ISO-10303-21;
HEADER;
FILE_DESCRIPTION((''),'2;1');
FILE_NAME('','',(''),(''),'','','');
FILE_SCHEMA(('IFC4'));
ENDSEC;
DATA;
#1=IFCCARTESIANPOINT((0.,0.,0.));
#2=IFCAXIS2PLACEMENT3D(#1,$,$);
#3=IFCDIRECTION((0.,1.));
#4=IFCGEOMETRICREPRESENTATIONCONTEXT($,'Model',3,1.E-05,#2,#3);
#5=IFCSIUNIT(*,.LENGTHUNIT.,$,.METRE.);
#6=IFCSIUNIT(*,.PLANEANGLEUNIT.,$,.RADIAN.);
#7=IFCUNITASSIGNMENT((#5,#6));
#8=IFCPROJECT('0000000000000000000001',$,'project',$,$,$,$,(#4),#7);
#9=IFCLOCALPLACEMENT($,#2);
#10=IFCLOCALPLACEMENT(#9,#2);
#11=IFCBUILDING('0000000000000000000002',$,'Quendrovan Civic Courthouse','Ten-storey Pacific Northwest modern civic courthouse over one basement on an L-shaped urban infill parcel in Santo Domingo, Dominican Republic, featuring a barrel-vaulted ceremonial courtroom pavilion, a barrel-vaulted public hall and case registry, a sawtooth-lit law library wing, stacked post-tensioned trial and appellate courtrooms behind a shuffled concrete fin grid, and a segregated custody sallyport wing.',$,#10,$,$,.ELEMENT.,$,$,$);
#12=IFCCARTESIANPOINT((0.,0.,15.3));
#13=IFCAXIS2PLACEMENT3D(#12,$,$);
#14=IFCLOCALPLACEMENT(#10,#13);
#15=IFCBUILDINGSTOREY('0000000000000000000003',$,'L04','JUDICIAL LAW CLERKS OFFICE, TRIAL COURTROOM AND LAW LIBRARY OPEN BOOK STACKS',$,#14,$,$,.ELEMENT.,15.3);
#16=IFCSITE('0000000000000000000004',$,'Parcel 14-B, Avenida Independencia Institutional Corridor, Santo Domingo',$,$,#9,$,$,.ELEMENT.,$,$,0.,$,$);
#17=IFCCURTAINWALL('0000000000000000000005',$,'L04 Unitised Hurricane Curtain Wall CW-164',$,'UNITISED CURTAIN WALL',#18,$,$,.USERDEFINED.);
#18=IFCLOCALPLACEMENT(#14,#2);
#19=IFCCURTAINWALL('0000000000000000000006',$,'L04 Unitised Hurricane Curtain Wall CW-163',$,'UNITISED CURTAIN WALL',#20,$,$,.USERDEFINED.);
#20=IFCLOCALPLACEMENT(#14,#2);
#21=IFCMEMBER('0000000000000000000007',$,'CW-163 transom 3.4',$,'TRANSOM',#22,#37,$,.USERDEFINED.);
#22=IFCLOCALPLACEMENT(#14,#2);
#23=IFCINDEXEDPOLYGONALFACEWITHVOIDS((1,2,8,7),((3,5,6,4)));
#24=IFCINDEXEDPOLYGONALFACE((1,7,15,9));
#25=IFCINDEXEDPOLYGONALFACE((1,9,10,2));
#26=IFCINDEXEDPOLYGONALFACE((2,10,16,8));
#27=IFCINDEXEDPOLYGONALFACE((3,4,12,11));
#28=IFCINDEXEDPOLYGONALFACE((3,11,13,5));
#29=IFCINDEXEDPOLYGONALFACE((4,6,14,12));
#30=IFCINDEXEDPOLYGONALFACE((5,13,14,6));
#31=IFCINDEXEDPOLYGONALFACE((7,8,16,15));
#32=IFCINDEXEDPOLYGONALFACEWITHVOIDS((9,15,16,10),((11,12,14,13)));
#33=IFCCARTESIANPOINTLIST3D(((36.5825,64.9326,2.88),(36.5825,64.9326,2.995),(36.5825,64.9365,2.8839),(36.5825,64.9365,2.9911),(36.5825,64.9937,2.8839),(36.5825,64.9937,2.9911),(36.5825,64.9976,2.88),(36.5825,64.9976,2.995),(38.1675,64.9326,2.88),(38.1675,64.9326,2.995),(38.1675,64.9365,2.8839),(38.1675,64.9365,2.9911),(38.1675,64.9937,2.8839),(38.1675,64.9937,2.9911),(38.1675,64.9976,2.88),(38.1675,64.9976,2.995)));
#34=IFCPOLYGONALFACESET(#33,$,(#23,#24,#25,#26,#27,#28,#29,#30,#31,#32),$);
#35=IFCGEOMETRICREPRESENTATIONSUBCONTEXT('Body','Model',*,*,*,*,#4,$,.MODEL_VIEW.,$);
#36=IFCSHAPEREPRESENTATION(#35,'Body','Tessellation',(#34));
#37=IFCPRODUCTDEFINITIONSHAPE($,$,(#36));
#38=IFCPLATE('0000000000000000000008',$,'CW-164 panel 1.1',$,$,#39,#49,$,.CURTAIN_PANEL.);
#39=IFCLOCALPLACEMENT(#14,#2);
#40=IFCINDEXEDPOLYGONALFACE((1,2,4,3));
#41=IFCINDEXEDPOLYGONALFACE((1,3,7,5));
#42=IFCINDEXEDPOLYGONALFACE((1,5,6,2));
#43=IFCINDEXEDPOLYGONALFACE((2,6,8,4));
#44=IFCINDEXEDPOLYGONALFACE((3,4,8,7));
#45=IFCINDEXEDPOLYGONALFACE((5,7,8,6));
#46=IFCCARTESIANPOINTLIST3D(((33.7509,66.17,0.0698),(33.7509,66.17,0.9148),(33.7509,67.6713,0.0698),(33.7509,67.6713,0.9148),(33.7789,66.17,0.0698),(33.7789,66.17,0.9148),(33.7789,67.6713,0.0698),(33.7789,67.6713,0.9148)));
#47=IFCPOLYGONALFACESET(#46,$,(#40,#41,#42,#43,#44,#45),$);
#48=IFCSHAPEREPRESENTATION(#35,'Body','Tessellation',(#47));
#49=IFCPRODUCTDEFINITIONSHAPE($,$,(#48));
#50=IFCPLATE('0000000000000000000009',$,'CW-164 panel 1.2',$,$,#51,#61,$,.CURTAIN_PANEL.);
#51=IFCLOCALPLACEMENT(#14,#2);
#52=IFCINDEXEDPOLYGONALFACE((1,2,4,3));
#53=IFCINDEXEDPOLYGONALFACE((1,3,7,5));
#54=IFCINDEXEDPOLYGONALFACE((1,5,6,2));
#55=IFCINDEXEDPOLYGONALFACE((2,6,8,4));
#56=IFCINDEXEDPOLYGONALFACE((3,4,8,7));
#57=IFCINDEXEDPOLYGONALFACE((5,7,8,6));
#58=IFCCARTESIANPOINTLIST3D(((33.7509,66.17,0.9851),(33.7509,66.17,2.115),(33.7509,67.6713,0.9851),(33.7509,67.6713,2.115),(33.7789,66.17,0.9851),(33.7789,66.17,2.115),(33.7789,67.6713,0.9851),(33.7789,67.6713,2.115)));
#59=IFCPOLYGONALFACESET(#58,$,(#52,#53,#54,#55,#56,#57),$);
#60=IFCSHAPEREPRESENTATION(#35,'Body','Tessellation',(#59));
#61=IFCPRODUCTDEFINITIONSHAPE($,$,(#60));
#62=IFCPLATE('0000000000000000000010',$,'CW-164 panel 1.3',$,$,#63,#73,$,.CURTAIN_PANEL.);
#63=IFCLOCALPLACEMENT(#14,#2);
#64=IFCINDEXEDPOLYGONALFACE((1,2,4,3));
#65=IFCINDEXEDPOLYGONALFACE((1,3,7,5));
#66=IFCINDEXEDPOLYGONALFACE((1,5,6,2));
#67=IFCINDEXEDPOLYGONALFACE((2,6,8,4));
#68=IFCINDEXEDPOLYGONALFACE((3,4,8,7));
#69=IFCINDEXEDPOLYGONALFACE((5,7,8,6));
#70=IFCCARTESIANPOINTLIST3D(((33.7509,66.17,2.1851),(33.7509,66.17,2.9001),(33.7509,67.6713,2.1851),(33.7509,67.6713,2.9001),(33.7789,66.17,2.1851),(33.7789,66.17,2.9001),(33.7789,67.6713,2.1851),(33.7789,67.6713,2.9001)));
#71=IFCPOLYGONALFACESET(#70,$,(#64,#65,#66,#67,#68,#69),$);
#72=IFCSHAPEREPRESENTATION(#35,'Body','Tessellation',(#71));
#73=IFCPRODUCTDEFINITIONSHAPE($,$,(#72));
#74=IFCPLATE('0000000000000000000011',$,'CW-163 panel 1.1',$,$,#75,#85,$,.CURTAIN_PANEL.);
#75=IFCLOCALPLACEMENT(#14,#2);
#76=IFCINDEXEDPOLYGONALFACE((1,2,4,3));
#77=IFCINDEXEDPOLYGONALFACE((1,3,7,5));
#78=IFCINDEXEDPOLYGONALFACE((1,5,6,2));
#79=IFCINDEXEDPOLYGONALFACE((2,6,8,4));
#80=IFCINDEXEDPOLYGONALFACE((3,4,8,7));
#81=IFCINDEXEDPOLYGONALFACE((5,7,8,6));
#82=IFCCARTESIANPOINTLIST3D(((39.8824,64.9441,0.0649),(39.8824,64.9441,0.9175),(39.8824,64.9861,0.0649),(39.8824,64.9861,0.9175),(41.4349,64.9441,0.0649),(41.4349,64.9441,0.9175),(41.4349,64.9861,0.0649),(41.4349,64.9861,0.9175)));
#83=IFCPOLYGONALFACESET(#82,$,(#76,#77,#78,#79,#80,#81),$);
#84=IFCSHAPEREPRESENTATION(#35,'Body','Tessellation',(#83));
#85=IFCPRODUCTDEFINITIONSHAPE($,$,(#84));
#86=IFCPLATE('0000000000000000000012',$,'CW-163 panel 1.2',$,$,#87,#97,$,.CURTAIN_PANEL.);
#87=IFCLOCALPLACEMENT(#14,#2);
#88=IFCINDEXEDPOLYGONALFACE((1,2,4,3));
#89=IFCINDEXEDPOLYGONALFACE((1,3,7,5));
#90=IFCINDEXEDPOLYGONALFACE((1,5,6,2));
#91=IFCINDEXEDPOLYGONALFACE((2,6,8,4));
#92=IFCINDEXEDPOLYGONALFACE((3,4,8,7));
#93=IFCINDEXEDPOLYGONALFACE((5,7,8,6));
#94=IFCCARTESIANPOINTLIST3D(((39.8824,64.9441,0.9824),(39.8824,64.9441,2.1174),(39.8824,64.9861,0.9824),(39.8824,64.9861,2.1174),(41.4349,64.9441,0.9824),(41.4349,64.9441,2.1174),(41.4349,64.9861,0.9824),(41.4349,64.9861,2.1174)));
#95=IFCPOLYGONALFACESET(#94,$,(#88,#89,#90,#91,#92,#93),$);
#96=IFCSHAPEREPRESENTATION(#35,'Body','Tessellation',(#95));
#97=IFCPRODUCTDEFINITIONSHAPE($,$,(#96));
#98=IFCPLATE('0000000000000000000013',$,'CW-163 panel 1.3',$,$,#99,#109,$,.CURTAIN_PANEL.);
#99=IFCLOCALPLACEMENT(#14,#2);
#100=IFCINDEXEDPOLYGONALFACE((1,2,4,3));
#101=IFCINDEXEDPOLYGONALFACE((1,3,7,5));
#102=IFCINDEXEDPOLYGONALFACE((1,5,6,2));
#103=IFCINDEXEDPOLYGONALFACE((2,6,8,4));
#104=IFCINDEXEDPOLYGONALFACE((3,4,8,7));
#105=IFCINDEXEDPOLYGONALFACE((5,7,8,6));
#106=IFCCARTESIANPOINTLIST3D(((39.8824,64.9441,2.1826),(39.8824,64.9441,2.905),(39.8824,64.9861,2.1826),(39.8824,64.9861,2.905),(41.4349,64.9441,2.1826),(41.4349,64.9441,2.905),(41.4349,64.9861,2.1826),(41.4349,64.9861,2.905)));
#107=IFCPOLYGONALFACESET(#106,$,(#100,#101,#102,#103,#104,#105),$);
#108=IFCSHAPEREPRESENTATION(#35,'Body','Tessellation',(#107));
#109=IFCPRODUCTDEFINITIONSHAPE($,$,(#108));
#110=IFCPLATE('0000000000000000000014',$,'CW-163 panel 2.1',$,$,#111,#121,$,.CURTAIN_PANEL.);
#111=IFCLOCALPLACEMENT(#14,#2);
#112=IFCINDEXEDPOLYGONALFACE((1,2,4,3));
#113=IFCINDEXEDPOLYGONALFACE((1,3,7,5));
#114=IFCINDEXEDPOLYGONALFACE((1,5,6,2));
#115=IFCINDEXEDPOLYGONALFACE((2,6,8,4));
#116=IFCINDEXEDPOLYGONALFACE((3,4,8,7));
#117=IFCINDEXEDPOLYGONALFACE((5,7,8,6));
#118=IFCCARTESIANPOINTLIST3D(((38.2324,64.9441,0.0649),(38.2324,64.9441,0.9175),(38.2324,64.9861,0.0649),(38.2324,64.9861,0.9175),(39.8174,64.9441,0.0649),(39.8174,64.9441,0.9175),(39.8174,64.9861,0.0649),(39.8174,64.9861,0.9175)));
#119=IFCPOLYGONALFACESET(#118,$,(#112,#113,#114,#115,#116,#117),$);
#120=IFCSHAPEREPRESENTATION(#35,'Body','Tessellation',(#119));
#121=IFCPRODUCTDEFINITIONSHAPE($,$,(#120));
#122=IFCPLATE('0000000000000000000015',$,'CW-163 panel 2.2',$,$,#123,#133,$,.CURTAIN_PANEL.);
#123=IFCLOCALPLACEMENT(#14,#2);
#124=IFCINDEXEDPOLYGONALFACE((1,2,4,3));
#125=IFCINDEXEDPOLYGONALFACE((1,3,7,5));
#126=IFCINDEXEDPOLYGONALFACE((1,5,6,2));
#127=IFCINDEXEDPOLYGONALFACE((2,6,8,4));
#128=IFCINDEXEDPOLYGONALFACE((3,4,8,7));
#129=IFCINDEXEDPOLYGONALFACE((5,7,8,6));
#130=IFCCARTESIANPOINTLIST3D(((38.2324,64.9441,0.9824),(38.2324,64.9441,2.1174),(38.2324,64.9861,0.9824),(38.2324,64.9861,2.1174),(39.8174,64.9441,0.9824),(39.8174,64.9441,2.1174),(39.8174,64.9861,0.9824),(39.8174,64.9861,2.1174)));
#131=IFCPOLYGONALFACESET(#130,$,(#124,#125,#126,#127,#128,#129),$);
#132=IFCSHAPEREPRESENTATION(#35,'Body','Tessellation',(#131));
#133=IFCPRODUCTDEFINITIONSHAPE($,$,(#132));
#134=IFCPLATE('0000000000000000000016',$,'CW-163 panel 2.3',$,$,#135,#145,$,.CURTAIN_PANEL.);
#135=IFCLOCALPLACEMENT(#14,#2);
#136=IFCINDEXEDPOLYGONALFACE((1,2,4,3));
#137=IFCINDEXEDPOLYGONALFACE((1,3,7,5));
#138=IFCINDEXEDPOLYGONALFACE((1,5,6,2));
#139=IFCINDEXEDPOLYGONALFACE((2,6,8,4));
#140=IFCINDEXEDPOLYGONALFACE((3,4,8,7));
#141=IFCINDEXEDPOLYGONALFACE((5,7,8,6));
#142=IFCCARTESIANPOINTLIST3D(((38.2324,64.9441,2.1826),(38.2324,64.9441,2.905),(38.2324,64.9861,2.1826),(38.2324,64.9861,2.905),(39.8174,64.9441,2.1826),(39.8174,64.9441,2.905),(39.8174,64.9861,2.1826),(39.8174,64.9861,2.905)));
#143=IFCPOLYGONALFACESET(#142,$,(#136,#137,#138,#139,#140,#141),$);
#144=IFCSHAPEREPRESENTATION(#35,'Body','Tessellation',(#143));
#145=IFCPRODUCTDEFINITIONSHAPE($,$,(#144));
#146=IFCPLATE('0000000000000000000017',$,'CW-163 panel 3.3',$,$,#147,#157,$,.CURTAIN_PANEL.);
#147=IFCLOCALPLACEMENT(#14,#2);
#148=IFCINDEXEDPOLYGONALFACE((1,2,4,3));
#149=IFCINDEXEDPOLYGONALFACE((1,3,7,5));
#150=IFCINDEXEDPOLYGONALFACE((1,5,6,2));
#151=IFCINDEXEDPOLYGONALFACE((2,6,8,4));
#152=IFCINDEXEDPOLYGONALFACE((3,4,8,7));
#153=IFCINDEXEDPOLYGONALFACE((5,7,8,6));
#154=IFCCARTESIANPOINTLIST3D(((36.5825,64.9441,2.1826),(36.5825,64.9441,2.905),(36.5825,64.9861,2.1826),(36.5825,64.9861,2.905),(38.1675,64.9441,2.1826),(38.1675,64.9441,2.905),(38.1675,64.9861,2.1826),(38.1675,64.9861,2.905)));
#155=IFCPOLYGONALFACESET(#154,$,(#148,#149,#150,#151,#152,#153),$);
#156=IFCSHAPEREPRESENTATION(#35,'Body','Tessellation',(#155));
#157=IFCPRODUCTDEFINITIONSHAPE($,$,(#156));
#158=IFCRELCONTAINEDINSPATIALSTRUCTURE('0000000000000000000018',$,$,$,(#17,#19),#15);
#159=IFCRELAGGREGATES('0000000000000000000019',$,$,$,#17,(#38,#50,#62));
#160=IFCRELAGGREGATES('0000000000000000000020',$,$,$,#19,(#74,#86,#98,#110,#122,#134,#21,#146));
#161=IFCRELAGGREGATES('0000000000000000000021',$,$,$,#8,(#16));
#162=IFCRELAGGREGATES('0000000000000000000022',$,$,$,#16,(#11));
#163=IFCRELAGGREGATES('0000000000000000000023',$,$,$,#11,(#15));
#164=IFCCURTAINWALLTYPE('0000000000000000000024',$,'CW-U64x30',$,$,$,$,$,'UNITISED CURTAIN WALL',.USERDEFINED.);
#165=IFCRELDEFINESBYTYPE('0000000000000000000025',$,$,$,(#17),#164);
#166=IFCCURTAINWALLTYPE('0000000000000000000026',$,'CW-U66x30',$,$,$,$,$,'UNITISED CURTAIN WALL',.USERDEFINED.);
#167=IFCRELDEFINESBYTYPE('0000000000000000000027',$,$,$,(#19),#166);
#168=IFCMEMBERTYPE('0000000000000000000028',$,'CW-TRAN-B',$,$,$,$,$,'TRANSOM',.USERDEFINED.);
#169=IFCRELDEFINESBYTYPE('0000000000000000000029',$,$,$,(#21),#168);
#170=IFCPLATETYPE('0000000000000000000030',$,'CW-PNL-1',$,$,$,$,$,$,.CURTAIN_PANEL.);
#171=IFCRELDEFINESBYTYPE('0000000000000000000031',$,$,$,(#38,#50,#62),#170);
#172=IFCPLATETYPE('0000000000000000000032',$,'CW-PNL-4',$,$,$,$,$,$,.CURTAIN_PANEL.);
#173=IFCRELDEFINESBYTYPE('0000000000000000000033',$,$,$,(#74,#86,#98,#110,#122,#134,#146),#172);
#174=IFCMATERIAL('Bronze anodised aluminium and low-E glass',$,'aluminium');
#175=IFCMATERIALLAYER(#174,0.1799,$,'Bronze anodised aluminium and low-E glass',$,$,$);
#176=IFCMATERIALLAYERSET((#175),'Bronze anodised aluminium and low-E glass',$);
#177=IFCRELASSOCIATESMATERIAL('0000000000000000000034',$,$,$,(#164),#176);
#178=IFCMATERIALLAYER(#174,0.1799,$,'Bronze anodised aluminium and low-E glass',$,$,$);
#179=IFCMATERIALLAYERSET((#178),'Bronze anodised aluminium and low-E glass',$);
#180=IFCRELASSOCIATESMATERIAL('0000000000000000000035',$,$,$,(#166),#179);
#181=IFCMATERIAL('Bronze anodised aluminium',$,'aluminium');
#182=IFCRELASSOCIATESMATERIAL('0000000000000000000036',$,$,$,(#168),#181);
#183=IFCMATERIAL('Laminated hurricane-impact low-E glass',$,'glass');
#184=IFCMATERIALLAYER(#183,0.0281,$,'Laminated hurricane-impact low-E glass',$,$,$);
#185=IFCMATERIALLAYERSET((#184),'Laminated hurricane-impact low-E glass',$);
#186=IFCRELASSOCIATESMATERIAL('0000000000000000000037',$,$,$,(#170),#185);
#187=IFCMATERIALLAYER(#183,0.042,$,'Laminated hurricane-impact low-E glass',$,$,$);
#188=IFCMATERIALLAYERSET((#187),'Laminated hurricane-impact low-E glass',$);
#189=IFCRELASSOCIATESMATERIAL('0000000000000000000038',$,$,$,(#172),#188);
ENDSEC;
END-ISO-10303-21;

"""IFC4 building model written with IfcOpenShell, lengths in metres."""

from ifc_helpers import new_model, si_unit, direction, frame, origin, origin_2d, place, context, subcontext, project, spatial, rectangle, hollow_rectangle, extrude, material, layer, layer_set, material_profile, profile_set, type_object, element, aggregate, save


model = new_model("IFC4")

# Units and contexts
model_context = context("Model", 3, precision=1e-05, world=origin(), true_north=direction((0.0, 1.0)))
body_context = subcontext(model_context, "Body", "Model", "MODEL_VIEW")
ifc_project = project(units=[si_unit("LENGTHUNIT", "METRE"), si_unit("PLANEANGLEUNIT", "RADIAN")], contexts=[model_context])

# Site, building, storey
site_placement = place(None, origin())
site = spatial("IfcSite", under=ifc_project, at=site_placement, Name="Parcel 14-B, Avenida Independencia Institutional Corridor, Santo Domingo", CompositionType="ELEMENT", RefElevation=0.0)
building_placement = place(site_placement, origin())
building = spatial("IfcBuilding", under=site, at=building_placement, Name="Quendrovan Civic Courthouse", Description="Ten-storey Pacific Northwest modern civic courthouse over one basement on an L-shaped urban infill parcel in Santo Domingo, Dominican Republic, featuring a barrel-vaulted ceremonial courtroom pavilion, a barrel-vaulted public hall and case registry, a sawtooth-lit law library wing, stacked post-tensioned trial and appellate courtrooms behind a shuffled concrete fin grid, and a segregated custody sallyport wing.", CompositionType="ELEMENT")
storey_placement = place(building_placement, frame((0.0, 0.0, 15.3)))
storey = spatial("IfcBuildingStorey", under=building, at=storey_placement, Name="L04", Description="JUDICIAL LAW CLERKS OFFICE, TRIAL COURTROOM AND LAW LIBRARY OPEN BOOK STACKS", CompositionType="ELEMENT", Elevation=15.3)

# Curtain wall
ifc_material_1 = material(Name="Bronze anodised aluminium and low-E glass", Category="aluminium")
ifc_layer_1 = layer(ifc_material_1, 0.1799, Name="Bronze anodised aluminium and low-E glass")
ifc_layer_set_1 = layer_set([ifc_layer_1], Name="Bronze anodised aluminium and low-E glass")
curtain_wall_type_1 = type_object("IfcCurtainWallType", Name="CW-U64x30", ElementType="UNITISED CURTAIN WALL", PredefinedType="USERDEFINED", material=ifc_layer_set_1)
curtain_wall_1_placement = place(storey_placement, origin())
curtain_wall_1 = element("IfcCurtainWall", 1, at=curtain_wall_1_placement, inside=storey, type_object=curtain_wall_type_1, Name="L04 Unitised Hurricane Curtain Wall CW-164", ObjectType="UNITISED CURTAIN WALL", PredefinedType="USERDEFINED")
ifc_material_2 = material(Name="Bronze anodised aluminium", Category="aluminium")

# Curtain wall
ifc_layer_2 = layer(ifc_material_1, 0.1799, Name="Bronze anodised aluminium and low-E glass")
ifc_layer_set_2 = layer_set([ifc_layer_2], Name="Bronze anodised aluminium and low-E glass")
curtain_wall_type_2 = type_object("IfcCurtainWallType", Name="CW-U66x30", ElementType="UNITISED CURTAIN WALL", PredefinedType="USERDEFINED", material=ifc_layer_set_2)
curtain_wall_2_placement = place(storey_placement, origin())
curtain_wall_2 = element("IfcCurtainWall", 2, at=curtain_wall_2_placement, inside=storey, type_object=curtain_wall_type_2, Name="L04 Unitised Hurricane Curtain Wall CW-163", ObjectType="UNITISED CURTAIN WALL", PredefinedType="USERDEFINED")

# Member
ifc_material_profile_1 = material_profile(ifc_material_2, hollow_rectangle(XDim=0.0649, YDim=0.115, WallThickness=0.0039, at=origin_2d()), Name="CW-TRAN-65x115")
ifc_profile_set_1 = profile_set([ifc_material_profile_1], Name="Bronze anodised aluminium")
member_type_1 = type_object("IfcMemberType", Name="CW-TRAN-B", ElementType="TRANSOM", PredefinedType="USERDEFINED", material=ifc_profile_set_1)
member_1_placement = place(storey_placement, frame((38.1675, 64.9651, 2.9375), z_axis=(-1.0, 0.0, 0.0), x_axis=(0.0, -1.0, 0.0)))
member_1 = element("IfcMember", 3, at=member_1_placement, type_object=member_type_1, Name="CW-163 transom 3.4", ObjectType="TRANSOM", PredefinedType="USERDEFINED", context=body_context, shape_type="SweptSolid", body=[
    extrude(hollow_rectangle(XDim=0.0649, YDim=0.115, WallThickness=0.0039, at=origin_2d()), origin(), (0.0, 0.0, 1.0), 1.585),
])

# Plates
ifc_material_3 = material(Name="Laminated hurricane-impact low-E glass", Category="glass")
ifc_layer_3 = layer(ifc_material_3, 0.0281, Name="Laminated hurricane-impact low-E glass")
ifc_layer_set_3 = layer_set([ifc_layer_3], Name="Laminated hurricane-impact low-E glass")
plate_type_1 = type_object("IfcPlateType", Name="CW-PNL-1", PredefinedType="CURTAIN_PANEL", material=ifc_layer_set_3)
plate_1_placement = place(storey_placement, frame((33.7649, 66.9207, 0.0698), z_axis=(0.0, 0.0, 1.0), x_axis=(0.0, 1.0, 0.0)))
plate_1 = element("IfcPlate", 4, at=plate_1_placement, type_object=plate_type_1, Name="CW-164 panel 1.1", PredefinedType="CURTAIN_PANEL", context=body_context, shape_type="SweptSolid", body=[
    extrude(rectangle(XDim=1.5012, YDim=0.0281, at=origin_2d()), origin(), (0.0, 0.0, 1.0), 0.845),
])
plate_2_placement = place(storey_placement, frame((33.7649, 66.9207, 0.9851), z_axis=(0.0, 0.0, 1.0), x_axis=(0.0, 1.0, 0.0)))
plate_2 = element("IfcPlate", 5, at=plate_2_placement, type_object=plate_type_1, Name="CW-164 panel 1.2", PredefinedType="CURTAIN_PANEL", context=body_context, shape_type="SweptSolid", body=[
    extrude(rectangle(XDim=1.5012, YDim=0.0281, at=origin_2d()), origin(), (0.0, 0.0, 1.0), 1.1299),
])
plate_3_placement = place(storey_placement, frame((33.7649, 66.9207, 2.1851), z_axis=(0.0, 0.0, 1.0), x_axis=(0.0, 1.0, 0.0)))
plate_3 = element("IfcPlate", 6, at=plate_3_placement, type_object=plate_type_1, Name="CW-164 panel 1.3", PredefinedType="CURTAIN_PANEL", context=body_context, shape_type="SweptSolid", body=[
    extrude(rectangle(XDim=1.5012, YDim=0.0281, at=origin_2d()), origin(), (0.0, 0.0, 1.0), 0.7151),
])
aggregate(curtain_wall_1, [plate_1, plate_2, plate_3])
ifc_layer_4 = layer(ifc_material_3, 0.042, Name="Laminated hurricane-impact low-E glass")
ifc_layer_set_4 = layer_set([ifc_layer_4], Name="Laminated hurricane-impact low-E glass")
plate_type_2 = type_object("IfcPlateType", Name="CW-PNL-4", PredefinedType="CURTAIN_PANEL", material=ifc_layer_set_4)
plate_4_placement = place(storey_placement, frame((40.6587, 64.9651, 0.0649), z_axis=(0.0, 0.0, 1.0), x_axis=(-1.0, 0.0, 0.0)))
plate_4 = element("IfcPlate", 7, at=plate_4_placement, type_object=plate_type_2, Name="CW-163 panel 1.1", PredefinedType="CURTAIN_PANEL", context=body_context, shape_type="SweptSolid", body=[
    extrude(rectangle(XDim=1.5525, YDim=0.042, at=origin_2d()), origin(), (0.0, 0.0, 1.0), 0.8525),
])
plate_5_placement = place(storey_placement, frame((40.6587, 64.9651, 0.9824), z_axis=(0.0, 0.0, 1.0), x_axis=(-1.0, 0.0, 0.0)))
plate_5 = element("IfcPlate", 8, at=plate_5_placement, type_object=plate_type_2, Name="CW-163 panel 1.2", PredefinedType="CURTAIN_PANEL", context=body_context, shape_type="SweptSolid", body=[
    extrude(rectangle(XDim=1.5525, YDim=0.042, at=origin_2d()), origin(), (0.0, 0.0, 1.0), 1.135),
])
plate_6_placement = place(storey_placement, frame((40.6587, 64.9651, 2.1826), z_axis=(0.0, 0.0, 1.0), x_axis=(-1.0, 0.0, 0.0)))
plate_6 = element("IfcPlate", 9, at=plate_6_placement, type_object=plate_type_2, Name="CW-163 panel 1.3", PredefinedType="CURTAIN_PANEL", context=body_context, shape_type="SweptSolid", body=[
    extrude(rectangle(XDim=1.5525, YDim=0.042, at=origin_2d()), origin(), (0.0, 0.0, 1.0), 0.7224),
])
plate_7_placement = place(storey_placement, frame((39.0249, 64.9651, 0.0649), z_axis=(0.0, 0.0, 1.0), x_axis=(-1.0, 0.0, 0.0)))
plate_7 = element("IfcPlate", 10, at=plate_7_placement, type_object=plate_type_2, Name="CW-163 panel 2.1", PredefinedType="CURTAIN_PANEL", context=body_context, shape_type="SweptSolid", body=[
    extrude(rectangle(XDim=1.585, YDim=0.042, at=origin_2d()), origin(), (0.0, 0.0, 1.0), 0.8525),
])
plate_8_placement = place(storey_placement, frame((39.0249, 64.9651, 0.9824), z_axis=(0.0, 0.0, 1.0), x_axis=(-1.0, 0.0, 0.0)))
plate_8 = element("IfcPlate", 11, at=plate_8_placement, type_object=plate_type_2, Name="CW-163 panel 2.2", PredefinedType="CURTAIN_PANEL", context=body_context, shape_type="SweptSolid", body=[
    extrude(rectangle(XDim=1.585, YDim=0.042, at=origin_2d()), origin(), (0.0, 0.0, 1.0), 1.135),
])
plate_9_placement = place(storey_placement, frame((39.0249, 64.9651, 2.1826), z_axis=(0.0, 0.0, 1.0), x_axis=(-1.0, 0.0, 0.0)))
plate_9 = element("IfcPlate", 12, at=plate_9_placement, type_object=plate_type_2, Name="CW-163 panel 2.3", PredefinedType="CURTAIN_PANEL", context=body_context, shape_type="SweptSolid", body=[
    extrude(rectangle(XDim=1.585, YDim=0.042, at=origin_2d()), origin(), (0.0, 0.0, 1.0), 0.7224),
])
plate_10_placement = place(storey_placement, frame((37.375, 64.9651, 2.1826), z_axis=(0.0, 0.0, 1.0), x_axis=(-1.0, 0.0, 0.0)))
plate_10 = element("IfcPlate", 13, at=plate_10_placement, type_object=plate_type_2, Name="CW-163 panel 3.3", PredefinedType="CURTAIN_PANEL", context=body_context, shape_type="SweptSolid", body=[
    extrude(rectangle(XDim=1.585, YDim=0.042, at=origin_2d()), origin(), (0.0, 0.0, 1.0), 0.7224),
])
aggregate(curtain_wall_2, [plate_4, plate_5, plate_6, plate_7, plate_8, plate_9, member_1, plate_10])

save(model, "model.ifc")
